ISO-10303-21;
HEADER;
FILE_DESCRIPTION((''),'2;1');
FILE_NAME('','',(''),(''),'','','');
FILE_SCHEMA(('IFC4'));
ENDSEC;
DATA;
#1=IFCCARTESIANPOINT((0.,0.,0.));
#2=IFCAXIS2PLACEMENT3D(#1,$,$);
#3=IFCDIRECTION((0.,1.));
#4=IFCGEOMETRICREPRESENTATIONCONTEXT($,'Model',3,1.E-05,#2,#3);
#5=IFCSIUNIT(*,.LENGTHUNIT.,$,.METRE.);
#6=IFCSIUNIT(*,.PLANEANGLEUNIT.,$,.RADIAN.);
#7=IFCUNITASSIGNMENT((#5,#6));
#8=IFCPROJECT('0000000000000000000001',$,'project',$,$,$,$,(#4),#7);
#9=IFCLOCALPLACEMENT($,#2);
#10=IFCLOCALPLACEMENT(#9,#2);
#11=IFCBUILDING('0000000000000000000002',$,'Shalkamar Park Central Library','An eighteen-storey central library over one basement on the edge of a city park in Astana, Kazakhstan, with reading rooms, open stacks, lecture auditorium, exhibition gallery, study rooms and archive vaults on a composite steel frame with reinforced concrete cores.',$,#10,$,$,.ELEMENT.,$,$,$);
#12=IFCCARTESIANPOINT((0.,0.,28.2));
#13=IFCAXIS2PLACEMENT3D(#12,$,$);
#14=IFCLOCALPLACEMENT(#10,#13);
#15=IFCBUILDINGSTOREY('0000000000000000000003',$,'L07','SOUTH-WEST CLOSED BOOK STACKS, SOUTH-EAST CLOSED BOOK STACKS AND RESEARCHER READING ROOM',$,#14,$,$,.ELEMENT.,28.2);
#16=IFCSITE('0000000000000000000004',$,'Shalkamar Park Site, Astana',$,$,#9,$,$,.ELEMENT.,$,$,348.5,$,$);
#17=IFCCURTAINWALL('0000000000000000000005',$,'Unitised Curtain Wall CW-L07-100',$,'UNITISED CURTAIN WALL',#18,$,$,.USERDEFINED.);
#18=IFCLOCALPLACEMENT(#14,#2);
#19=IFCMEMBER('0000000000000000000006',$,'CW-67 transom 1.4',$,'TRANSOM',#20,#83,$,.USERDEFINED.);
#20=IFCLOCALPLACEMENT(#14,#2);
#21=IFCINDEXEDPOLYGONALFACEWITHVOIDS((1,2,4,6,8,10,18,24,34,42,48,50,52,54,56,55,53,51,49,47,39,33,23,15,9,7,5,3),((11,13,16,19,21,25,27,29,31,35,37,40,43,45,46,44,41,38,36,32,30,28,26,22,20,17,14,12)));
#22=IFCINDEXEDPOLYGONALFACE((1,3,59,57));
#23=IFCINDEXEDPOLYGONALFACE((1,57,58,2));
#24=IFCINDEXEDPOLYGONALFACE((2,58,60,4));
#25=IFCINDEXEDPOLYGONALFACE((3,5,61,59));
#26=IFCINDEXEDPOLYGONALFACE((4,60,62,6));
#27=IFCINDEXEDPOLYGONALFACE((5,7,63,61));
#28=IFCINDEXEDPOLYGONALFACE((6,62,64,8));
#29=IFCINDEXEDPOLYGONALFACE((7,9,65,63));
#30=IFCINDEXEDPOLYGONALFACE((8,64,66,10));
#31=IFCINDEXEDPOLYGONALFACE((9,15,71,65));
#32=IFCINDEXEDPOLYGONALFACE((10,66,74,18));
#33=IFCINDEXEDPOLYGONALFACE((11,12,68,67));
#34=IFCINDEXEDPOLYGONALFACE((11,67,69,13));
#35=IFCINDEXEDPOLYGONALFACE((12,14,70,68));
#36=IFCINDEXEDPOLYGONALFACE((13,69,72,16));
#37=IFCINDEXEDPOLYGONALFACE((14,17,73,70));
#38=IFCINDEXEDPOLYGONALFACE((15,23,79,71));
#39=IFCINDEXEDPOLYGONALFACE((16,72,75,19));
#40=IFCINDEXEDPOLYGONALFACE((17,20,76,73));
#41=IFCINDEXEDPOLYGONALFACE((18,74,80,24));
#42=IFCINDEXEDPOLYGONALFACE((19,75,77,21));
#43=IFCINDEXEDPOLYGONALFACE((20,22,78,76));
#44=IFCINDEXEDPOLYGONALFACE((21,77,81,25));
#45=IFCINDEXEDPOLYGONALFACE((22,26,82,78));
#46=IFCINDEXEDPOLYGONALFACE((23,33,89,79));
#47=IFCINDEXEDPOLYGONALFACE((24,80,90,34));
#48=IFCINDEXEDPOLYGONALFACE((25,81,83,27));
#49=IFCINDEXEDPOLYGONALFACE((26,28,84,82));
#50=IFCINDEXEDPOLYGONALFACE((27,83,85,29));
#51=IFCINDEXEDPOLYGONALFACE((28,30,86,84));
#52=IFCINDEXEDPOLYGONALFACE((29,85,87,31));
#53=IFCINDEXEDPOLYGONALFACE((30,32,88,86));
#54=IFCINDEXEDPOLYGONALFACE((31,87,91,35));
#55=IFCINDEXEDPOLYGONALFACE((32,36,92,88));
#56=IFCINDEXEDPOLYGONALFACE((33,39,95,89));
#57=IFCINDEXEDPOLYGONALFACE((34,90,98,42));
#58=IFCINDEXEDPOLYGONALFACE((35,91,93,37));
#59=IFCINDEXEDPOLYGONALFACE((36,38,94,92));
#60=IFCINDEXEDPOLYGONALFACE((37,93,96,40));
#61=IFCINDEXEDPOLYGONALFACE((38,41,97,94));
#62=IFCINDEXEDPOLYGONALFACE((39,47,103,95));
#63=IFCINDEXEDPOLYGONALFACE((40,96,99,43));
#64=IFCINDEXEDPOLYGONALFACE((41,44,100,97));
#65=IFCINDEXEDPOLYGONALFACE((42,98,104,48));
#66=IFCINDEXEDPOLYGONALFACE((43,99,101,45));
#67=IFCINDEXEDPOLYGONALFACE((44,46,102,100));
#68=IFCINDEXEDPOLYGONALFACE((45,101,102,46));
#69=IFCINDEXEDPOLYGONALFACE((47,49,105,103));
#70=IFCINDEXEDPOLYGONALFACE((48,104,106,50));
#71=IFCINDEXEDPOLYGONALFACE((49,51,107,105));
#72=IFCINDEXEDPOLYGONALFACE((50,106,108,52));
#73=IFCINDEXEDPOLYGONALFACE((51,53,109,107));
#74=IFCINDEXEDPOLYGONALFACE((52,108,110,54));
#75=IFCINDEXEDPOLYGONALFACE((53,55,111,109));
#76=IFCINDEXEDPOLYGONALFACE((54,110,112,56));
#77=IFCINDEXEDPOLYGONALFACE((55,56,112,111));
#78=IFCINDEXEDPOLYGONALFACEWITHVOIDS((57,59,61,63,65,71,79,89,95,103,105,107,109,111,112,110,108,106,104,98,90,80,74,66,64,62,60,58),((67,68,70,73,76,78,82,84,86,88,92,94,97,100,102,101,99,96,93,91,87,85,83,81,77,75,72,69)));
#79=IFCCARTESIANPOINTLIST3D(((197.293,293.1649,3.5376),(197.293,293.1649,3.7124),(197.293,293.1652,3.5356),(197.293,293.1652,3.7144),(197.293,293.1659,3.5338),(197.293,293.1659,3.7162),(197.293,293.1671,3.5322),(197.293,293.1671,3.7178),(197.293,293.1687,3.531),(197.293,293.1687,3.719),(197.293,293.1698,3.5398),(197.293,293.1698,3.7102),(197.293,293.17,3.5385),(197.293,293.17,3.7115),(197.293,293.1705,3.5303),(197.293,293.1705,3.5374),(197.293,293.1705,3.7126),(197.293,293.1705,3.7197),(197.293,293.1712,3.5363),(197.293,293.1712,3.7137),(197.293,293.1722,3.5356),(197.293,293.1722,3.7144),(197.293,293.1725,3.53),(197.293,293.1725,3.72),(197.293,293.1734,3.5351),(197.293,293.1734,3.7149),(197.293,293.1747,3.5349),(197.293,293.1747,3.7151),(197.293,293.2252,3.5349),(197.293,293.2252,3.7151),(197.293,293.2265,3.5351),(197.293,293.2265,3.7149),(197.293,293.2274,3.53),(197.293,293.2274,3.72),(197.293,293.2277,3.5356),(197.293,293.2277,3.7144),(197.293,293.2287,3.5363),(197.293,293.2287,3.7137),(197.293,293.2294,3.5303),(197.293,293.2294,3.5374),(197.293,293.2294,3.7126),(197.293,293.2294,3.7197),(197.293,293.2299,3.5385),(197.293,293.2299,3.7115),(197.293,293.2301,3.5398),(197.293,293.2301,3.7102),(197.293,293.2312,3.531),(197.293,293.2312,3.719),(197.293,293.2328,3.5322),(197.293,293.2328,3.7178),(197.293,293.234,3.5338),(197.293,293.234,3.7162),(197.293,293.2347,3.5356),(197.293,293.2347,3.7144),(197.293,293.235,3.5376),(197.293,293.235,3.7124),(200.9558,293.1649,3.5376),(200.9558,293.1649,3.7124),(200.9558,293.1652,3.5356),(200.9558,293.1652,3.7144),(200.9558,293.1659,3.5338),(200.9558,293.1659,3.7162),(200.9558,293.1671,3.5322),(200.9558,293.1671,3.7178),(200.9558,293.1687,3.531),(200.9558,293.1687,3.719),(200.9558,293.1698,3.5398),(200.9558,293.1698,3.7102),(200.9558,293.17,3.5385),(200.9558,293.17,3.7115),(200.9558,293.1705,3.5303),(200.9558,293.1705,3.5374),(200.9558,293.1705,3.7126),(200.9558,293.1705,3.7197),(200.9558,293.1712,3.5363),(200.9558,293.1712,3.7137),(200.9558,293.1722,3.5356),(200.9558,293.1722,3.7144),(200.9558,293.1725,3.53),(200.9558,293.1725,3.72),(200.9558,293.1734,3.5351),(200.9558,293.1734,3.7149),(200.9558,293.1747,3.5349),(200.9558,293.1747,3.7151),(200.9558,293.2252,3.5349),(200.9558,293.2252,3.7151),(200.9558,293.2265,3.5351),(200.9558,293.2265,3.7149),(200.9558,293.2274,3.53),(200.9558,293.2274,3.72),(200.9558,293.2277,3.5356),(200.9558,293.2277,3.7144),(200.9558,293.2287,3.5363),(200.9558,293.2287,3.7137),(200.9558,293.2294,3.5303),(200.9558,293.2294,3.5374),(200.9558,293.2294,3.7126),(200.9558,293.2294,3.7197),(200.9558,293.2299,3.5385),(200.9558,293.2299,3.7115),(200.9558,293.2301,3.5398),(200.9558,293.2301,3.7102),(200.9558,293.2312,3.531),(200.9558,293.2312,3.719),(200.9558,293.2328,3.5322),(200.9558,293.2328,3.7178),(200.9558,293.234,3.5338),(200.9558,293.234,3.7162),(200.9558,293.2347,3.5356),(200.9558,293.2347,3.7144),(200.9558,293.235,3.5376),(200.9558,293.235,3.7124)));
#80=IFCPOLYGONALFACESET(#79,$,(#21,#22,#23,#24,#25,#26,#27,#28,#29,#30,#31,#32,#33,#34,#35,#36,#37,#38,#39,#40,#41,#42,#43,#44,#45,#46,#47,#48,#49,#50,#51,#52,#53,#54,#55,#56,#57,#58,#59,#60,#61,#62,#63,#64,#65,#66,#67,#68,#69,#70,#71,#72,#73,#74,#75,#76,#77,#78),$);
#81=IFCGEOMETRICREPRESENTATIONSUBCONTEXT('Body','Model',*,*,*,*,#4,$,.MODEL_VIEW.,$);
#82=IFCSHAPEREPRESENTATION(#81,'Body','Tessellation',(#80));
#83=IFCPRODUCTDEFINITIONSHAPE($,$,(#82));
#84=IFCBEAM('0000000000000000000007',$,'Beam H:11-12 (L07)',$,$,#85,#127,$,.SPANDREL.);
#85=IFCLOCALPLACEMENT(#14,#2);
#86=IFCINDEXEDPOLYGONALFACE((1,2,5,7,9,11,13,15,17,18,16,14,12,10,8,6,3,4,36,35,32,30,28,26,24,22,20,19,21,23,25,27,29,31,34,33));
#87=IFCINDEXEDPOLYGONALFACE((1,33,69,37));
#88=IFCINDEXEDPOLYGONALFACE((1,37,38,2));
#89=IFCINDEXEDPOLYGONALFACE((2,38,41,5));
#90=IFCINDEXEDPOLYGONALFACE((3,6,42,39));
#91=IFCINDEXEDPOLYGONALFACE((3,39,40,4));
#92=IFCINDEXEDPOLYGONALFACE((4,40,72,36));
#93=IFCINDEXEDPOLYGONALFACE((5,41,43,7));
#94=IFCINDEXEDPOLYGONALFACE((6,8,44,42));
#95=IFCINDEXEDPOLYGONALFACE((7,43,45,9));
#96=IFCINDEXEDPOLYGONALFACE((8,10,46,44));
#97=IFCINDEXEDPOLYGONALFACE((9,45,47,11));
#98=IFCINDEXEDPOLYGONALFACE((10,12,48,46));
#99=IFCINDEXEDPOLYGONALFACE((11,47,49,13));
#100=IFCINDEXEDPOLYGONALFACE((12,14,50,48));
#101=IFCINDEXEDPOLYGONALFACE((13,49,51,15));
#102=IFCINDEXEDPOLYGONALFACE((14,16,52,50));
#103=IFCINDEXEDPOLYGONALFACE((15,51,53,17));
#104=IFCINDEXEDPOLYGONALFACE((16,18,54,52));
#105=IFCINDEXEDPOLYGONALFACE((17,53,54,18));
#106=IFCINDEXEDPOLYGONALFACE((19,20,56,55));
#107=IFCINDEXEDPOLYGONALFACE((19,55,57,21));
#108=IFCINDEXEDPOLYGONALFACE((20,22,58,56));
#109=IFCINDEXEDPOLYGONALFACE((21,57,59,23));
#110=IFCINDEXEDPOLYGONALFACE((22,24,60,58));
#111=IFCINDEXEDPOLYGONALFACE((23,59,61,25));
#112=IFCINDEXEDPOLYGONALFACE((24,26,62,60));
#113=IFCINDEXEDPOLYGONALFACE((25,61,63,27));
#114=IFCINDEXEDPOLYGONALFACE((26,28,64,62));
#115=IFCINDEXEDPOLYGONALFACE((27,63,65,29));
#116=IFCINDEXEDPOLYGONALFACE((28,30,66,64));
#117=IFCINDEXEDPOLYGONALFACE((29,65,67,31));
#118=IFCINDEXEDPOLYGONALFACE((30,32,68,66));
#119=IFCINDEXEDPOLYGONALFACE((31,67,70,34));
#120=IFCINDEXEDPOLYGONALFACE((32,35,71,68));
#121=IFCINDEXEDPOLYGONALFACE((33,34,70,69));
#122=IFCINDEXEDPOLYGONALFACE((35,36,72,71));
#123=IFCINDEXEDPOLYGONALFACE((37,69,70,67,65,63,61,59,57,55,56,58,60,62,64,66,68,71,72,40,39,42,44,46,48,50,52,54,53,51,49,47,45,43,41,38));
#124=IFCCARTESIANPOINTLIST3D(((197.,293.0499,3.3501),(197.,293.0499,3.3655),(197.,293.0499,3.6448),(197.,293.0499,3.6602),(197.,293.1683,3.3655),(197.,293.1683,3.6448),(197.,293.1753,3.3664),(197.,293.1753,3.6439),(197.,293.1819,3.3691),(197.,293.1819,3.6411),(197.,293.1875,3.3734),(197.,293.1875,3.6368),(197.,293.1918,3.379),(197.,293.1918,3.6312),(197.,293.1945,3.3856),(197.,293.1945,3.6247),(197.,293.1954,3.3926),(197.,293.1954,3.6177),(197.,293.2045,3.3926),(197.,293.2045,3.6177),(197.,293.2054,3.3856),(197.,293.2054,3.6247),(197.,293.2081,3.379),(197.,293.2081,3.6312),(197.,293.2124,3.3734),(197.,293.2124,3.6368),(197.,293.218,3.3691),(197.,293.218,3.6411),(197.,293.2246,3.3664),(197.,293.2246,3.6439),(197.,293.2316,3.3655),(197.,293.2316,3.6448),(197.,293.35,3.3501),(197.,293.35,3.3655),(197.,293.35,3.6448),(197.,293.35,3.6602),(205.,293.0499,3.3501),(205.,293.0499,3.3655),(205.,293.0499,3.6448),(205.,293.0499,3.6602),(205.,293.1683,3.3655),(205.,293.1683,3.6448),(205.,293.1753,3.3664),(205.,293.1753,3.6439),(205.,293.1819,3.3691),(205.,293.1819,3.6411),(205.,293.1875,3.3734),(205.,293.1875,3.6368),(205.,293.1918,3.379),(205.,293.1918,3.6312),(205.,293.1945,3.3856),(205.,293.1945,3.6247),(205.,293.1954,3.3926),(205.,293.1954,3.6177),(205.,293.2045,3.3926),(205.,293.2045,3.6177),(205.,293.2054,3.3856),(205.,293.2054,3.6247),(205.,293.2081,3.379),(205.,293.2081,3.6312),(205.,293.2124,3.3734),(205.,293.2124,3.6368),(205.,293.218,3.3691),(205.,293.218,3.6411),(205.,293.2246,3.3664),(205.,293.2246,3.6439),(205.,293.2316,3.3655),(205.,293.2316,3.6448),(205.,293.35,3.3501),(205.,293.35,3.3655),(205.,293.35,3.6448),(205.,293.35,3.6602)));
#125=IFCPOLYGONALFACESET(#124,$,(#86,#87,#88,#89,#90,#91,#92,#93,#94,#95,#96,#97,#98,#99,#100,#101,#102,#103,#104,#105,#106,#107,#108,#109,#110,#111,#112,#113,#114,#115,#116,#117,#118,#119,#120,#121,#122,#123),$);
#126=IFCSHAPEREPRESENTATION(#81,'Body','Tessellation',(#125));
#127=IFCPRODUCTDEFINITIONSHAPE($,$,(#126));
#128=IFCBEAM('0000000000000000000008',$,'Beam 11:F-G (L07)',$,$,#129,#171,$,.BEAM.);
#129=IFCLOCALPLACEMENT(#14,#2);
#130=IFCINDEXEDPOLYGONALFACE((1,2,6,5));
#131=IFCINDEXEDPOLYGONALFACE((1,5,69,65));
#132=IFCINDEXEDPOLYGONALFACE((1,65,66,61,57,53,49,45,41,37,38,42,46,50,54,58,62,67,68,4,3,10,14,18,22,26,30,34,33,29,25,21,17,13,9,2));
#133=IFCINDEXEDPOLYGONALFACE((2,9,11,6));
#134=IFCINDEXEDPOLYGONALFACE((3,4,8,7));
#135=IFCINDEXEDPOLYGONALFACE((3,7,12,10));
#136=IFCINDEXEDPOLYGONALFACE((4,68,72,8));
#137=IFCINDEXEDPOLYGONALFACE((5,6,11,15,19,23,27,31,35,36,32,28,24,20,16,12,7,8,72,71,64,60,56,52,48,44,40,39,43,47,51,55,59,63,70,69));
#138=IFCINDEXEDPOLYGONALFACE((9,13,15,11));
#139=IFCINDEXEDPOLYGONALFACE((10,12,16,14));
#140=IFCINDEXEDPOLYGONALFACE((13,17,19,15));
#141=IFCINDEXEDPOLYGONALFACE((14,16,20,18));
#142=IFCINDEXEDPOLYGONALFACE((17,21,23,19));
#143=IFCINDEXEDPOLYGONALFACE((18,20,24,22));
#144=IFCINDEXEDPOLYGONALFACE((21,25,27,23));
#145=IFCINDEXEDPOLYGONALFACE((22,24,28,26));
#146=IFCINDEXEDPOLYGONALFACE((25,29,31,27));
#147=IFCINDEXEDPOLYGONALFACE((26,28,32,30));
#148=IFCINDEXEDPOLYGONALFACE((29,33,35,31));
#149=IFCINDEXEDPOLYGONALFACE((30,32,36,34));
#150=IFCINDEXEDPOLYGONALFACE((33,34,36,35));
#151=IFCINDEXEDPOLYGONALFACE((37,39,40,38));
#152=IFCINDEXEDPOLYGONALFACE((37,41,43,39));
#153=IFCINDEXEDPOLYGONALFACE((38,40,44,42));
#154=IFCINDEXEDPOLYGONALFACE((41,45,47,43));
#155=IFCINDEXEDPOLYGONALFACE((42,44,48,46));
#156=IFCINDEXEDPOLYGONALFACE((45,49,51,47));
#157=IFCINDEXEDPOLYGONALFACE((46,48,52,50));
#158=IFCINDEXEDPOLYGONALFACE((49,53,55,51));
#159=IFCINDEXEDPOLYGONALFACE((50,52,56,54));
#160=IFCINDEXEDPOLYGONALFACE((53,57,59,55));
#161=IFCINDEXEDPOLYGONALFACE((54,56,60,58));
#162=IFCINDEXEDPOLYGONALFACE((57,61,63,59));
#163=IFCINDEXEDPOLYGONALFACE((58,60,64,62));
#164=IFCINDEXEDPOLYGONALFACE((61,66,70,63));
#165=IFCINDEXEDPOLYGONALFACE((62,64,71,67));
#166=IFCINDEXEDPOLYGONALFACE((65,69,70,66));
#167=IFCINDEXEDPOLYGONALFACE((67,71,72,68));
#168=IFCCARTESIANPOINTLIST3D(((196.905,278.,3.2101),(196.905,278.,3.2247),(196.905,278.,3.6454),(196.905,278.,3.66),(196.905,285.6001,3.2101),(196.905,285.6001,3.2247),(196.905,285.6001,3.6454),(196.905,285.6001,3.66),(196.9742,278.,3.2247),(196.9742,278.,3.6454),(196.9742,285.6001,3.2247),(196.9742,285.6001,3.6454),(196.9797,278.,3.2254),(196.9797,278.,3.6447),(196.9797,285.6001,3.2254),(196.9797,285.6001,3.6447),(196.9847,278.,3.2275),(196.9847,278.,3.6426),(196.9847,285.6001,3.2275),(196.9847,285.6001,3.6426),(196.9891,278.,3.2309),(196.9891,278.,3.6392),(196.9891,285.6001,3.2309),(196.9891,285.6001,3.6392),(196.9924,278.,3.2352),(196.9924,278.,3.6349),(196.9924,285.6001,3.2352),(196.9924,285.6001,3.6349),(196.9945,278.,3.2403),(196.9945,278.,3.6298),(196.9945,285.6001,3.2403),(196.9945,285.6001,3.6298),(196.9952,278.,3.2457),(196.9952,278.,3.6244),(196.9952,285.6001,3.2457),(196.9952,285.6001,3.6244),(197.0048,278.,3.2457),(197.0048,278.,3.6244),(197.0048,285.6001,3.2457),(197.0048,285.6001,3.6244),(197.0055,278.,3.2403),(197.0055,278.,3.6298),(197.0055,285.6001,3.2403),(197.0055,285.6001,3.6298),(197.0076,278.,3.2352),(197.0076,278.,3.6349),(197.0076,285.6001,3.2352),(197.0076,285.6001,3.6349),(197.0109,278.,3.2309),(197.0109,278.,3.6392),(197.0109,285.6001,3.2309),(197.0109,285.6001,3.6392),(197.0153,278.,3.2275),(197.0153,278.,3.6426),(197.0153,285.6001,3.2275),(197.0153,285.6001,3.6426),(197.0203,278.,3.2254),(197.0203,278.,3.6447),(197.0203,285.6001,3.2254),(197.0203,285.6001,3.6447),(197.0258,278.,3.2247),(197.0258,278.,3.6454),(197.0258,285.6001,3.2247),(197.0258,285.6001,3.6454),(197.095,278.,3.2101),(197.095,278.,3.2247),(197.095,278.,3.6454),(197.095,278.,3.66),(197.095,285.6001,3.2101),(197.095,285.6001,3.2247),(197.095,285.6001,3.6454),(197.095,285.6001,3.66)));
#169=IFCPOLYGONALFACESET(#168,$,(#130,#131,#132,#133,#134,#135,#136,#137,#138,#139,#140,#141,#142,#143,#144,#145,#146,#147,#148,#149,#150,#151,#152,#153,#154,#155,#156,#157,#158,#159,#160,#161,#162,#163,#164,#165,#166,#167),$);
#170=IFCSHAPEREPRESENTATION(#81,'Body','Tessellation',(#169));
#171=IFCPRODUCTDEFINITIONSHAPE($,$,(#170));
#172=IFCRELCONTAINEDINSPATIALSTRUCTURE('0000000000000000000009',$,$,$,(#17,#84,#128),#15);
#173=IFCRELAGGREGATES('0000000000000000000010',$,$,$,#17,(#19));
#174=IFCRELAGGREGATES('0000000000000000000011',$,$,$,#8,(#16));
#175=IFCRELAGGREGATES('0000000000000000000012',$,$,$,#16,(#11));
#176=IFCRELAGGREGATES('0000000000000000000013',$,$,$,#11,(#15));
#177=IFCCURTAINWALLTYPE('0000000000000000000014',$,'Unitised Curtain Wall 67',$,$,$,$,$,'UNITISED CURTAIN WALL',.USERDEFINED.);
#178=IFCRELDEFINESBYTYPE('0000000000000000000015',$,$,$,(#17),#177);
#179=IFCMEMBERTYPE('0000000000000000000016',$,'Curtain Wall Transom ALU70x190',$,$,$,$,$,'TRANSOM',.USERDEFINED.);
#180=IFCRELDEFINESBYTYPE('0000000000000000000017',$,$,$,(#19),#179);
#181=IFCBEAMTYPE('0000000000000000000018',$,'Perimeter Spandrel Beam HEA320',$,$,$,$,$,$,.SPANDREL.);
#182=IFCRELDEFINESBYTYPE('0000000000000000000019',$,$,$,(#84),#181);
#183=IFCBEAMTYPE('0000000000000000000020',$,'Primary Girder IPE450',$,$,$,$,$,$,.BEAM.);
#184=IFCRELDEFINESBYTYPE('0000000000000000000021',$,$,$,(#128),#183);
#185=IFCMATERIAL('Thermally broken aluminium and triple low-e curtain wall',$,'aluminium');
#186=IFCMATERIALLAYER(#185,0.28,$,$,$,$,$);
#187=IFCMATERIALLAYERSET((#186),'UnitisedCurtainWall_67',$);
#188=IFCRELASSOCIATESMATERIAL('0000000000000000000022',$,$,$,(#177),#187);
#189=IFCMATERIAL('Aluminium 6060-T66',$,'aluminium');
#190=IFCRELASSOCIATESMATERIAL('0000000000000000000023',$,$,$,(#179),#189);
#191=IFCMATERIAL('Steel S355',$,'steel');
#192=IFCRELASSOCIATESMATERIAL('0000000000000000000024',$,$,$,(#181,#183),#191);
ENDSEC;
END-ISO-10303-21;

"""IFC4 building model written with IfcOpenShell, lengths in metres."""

from ifc_helpers import new_model, si_unit, direction, frame, origin, origin_2d, place, context, subcontext, project, spatial, hollow_rectangle, i_section, extrude, material, layer, layer_set, material_profile, profile_set, type_object, element, aggregate, save


model = new_model("IFC4")

# Units and contexts
model_context = context("Model", 3, precision=1e-05, world=origin(), true_north=direction((0.0, 1.0)))
body_context = subcontext(model_context, "Body", "Model", "MODEL_VIEW")
ifc_project = project(units=[si_unit("LENGTHUNIT", "METRE"), si_unit("PLANEANGLEUNIT", "RADIAN")], contexts=[model_context])

# Site, building, storey
site_placement = place(None, origin())
site = spatial("IfcSite", under=ifc_project, at=site_placement, Name="Shalkamar Park Site, Astana", CompositionType="ELEMENT", RefElevation=348.5)
building_placement = place(site_placement, origin())
building = spatial("IfcBuilding", under=site, at=building_placement, Name="Shalkamar Park Central Library", Description="An eighteen-storey central library over one basement on the edge of a city park in Astana, Kazakhstan, with reading rooms, open stacks, lecture auditorium, exhibition gallery, study rooms and archive vaults on a composite steel frame with reinforced concrete cores.", CompositionType="ELEMENT")
storey_placement = place(building_placement, frame((0.0, 0.0, 28.2)))
storey = spatial("IfcBuildingStorey", under=building, at=storey_placement, Name="L07", Description="SOUTH-WEST CLOSED BOOK STACKS, SOUTH-EAST CLOSED BOOK STACKS AND RESEARCHER READING ROOM", CompositionType="ELEMENT", Elevation=28.2)

# Shared definitions
ifc_material_1 = material(Name="Steel S355", Category="steel")

# Shared definitions
ifc_material_2 = material(Name="Thermally broken aluminium and triple low-e curtain wall", Category="aluminium")
ifc_material_3 = material(Name="Aluminium 6060-T66", Category="aluminium")

# Curtain wall
ifc_layer_1 = layer(ifc_material_2, 0.28)
ifc_layer_set_1 = layer_set([ifc_layer_1], Name="UnitisedCurtainWall_67")
curtain_wall_type_1 = type_object("IfcCurtainWallType", Name="Unitised Curtain Wall 67", ElementType="UNITISED CURTAIN WALL", PredefinedType="USERDEFINED", material=ifc_layer_set_1)
curtain_wall_1_placement = place(storey_placement, origin())
curtain_wall_1 = element("IfcCurtainWall", 1, at=curtain_wall_1_placement, inside=storey, type_object=curtain_wall_type_1, Name="Unitised Curtain Wall CW-L07-100", ObjectType="UNITISED CURTAIN WALL", PredefinedType="USERDEFINED")

# Member
ifc_material_profile_1 = material_profile(ifc_material_3, hollow_rectangle(XDim=0.0701, YDim=0.1899, WallThickness=0.0049, InnerFilletRadius=0.0049, OuterFilletRadius=0.0076, at=origin_2d()), Name="ALU 70x190x5")
ifc_profile_set_1 = profile_set([ifc_material_profile_1], Name="Aluminium 6060-T66")
member_type_1 = type_object("IfcMemberType", Name="Curtain Wall Transom ALU70x190", ElementType="TRANSOM", PredefinedType="USERDEFINED", material=ifc_profile_set_1)
member_1_placement = place(storey_placement, frame((197.293, 293.2, 3.625), z_axis=(1.0, 0.0, 0.0), x_axis=(0.0, 1.0, 0.0)))
member_1 = element("IfcMember", 2, at=member_1_placement, type_object=member_type_1, Name="CW-67 transom 1.4", ObjectType="TRANSOM", PredefinedType="USERDEFINED", context=body_context, shape_type="SweptSolid", body=[
    extrude(hollow_rectangle(XDim=0.0701, YDim=0.1899, WallThickness=0.0049, InnerFilletRadius=0.0049, OuterFilletRadius=0.0076, at=origin_2d()), origin(), (0.0, 0.0, 1.0), 3.6628),
])

# Beams
ifc_material_profile_2 = material_profile(ifc_material_1, i_section(OverallWidth=0.3, OverallDepth=0.3101, WebThickness=0.009, FlangeThickness=0.0154, FilletRadius=0.0271, at=origin_2d()), Name="HEA 320")
ifc_profile_set_2 = profile_set([ifc_material_profile_2], Name="Steel S355")
beam_type_1 = type_object("IfcBeamType", Name="Perimeter Spandrel Beam HEA320", PredefinedType="SPANDREL", material=ifc_profile_set_2)
beam_1_placement = place(storey_placement, frame((197.0, 293.2, 3.5051), z_axis=(1.0, 0.0, 0.0), x_axis=(0.0, 1.0, 0.0)))
element("IfcBeam", 3, at=beam_1_placement, inside=storey, type_object=beam_type_1, Name="Beam H:11-12 (L07)", PredefinedType="SPANDREL", context=body_context, shape_type="SweptSolid", body=[
    extrude(i_section(OverallWidth=0.3, OverallDepth=0.3101, WebThickness=0.009, FlangeThickness=0.0154, FilletRadius=0.0271, at=origin_2d()), origin(), (0.0, 0.0, 1.0), 8.0),
])
ifc_material_profile_3 = material_profile(ifc_material_1, i_section(OverallWidth=0.1899, OverallDepth=0.45, WebThickness=0.0095, FlangeThickness=0.0146, FilletRadius=0.021, at=origin_2d()), Name="IPE 450")
ifc_profile_set_3 = profile_set([ifc_material_profile_3], Name="Steel S355")
beam_type_2 = type_object("IfcBeamType", Name="Primary Girder IPE450", PredefinedType="BEAM", material=ifc_profile_set_3)
beam_2_placement = place(storey_placement, frame((197.0, 278.0, 3.4351), z_axis=(0.0, 1.0, 0.0), x_axis=(-1.0, 0.0, 0.0)))
element("IfcBeam", 4, at=beam_2_placement, inside=storey, type_object=beam_type_2, Name="Beam 11:F-G (L07)", PredefinedType="BEAM", context=body_context, shape_type="SweptSolid", body=[
    extrude(i_section(OverallWidth=0.1899, OverallDepth=0.45, WebThickness=0.0095, FlangeThickness=0.0146, FilletRadius=0.021, at=origin_2d()), origin(), (0.0, 0.0, 1.0), 7.6001),
])

aggregate(curtain_wall_1, [member_1])

save(model, "model.ifc")
